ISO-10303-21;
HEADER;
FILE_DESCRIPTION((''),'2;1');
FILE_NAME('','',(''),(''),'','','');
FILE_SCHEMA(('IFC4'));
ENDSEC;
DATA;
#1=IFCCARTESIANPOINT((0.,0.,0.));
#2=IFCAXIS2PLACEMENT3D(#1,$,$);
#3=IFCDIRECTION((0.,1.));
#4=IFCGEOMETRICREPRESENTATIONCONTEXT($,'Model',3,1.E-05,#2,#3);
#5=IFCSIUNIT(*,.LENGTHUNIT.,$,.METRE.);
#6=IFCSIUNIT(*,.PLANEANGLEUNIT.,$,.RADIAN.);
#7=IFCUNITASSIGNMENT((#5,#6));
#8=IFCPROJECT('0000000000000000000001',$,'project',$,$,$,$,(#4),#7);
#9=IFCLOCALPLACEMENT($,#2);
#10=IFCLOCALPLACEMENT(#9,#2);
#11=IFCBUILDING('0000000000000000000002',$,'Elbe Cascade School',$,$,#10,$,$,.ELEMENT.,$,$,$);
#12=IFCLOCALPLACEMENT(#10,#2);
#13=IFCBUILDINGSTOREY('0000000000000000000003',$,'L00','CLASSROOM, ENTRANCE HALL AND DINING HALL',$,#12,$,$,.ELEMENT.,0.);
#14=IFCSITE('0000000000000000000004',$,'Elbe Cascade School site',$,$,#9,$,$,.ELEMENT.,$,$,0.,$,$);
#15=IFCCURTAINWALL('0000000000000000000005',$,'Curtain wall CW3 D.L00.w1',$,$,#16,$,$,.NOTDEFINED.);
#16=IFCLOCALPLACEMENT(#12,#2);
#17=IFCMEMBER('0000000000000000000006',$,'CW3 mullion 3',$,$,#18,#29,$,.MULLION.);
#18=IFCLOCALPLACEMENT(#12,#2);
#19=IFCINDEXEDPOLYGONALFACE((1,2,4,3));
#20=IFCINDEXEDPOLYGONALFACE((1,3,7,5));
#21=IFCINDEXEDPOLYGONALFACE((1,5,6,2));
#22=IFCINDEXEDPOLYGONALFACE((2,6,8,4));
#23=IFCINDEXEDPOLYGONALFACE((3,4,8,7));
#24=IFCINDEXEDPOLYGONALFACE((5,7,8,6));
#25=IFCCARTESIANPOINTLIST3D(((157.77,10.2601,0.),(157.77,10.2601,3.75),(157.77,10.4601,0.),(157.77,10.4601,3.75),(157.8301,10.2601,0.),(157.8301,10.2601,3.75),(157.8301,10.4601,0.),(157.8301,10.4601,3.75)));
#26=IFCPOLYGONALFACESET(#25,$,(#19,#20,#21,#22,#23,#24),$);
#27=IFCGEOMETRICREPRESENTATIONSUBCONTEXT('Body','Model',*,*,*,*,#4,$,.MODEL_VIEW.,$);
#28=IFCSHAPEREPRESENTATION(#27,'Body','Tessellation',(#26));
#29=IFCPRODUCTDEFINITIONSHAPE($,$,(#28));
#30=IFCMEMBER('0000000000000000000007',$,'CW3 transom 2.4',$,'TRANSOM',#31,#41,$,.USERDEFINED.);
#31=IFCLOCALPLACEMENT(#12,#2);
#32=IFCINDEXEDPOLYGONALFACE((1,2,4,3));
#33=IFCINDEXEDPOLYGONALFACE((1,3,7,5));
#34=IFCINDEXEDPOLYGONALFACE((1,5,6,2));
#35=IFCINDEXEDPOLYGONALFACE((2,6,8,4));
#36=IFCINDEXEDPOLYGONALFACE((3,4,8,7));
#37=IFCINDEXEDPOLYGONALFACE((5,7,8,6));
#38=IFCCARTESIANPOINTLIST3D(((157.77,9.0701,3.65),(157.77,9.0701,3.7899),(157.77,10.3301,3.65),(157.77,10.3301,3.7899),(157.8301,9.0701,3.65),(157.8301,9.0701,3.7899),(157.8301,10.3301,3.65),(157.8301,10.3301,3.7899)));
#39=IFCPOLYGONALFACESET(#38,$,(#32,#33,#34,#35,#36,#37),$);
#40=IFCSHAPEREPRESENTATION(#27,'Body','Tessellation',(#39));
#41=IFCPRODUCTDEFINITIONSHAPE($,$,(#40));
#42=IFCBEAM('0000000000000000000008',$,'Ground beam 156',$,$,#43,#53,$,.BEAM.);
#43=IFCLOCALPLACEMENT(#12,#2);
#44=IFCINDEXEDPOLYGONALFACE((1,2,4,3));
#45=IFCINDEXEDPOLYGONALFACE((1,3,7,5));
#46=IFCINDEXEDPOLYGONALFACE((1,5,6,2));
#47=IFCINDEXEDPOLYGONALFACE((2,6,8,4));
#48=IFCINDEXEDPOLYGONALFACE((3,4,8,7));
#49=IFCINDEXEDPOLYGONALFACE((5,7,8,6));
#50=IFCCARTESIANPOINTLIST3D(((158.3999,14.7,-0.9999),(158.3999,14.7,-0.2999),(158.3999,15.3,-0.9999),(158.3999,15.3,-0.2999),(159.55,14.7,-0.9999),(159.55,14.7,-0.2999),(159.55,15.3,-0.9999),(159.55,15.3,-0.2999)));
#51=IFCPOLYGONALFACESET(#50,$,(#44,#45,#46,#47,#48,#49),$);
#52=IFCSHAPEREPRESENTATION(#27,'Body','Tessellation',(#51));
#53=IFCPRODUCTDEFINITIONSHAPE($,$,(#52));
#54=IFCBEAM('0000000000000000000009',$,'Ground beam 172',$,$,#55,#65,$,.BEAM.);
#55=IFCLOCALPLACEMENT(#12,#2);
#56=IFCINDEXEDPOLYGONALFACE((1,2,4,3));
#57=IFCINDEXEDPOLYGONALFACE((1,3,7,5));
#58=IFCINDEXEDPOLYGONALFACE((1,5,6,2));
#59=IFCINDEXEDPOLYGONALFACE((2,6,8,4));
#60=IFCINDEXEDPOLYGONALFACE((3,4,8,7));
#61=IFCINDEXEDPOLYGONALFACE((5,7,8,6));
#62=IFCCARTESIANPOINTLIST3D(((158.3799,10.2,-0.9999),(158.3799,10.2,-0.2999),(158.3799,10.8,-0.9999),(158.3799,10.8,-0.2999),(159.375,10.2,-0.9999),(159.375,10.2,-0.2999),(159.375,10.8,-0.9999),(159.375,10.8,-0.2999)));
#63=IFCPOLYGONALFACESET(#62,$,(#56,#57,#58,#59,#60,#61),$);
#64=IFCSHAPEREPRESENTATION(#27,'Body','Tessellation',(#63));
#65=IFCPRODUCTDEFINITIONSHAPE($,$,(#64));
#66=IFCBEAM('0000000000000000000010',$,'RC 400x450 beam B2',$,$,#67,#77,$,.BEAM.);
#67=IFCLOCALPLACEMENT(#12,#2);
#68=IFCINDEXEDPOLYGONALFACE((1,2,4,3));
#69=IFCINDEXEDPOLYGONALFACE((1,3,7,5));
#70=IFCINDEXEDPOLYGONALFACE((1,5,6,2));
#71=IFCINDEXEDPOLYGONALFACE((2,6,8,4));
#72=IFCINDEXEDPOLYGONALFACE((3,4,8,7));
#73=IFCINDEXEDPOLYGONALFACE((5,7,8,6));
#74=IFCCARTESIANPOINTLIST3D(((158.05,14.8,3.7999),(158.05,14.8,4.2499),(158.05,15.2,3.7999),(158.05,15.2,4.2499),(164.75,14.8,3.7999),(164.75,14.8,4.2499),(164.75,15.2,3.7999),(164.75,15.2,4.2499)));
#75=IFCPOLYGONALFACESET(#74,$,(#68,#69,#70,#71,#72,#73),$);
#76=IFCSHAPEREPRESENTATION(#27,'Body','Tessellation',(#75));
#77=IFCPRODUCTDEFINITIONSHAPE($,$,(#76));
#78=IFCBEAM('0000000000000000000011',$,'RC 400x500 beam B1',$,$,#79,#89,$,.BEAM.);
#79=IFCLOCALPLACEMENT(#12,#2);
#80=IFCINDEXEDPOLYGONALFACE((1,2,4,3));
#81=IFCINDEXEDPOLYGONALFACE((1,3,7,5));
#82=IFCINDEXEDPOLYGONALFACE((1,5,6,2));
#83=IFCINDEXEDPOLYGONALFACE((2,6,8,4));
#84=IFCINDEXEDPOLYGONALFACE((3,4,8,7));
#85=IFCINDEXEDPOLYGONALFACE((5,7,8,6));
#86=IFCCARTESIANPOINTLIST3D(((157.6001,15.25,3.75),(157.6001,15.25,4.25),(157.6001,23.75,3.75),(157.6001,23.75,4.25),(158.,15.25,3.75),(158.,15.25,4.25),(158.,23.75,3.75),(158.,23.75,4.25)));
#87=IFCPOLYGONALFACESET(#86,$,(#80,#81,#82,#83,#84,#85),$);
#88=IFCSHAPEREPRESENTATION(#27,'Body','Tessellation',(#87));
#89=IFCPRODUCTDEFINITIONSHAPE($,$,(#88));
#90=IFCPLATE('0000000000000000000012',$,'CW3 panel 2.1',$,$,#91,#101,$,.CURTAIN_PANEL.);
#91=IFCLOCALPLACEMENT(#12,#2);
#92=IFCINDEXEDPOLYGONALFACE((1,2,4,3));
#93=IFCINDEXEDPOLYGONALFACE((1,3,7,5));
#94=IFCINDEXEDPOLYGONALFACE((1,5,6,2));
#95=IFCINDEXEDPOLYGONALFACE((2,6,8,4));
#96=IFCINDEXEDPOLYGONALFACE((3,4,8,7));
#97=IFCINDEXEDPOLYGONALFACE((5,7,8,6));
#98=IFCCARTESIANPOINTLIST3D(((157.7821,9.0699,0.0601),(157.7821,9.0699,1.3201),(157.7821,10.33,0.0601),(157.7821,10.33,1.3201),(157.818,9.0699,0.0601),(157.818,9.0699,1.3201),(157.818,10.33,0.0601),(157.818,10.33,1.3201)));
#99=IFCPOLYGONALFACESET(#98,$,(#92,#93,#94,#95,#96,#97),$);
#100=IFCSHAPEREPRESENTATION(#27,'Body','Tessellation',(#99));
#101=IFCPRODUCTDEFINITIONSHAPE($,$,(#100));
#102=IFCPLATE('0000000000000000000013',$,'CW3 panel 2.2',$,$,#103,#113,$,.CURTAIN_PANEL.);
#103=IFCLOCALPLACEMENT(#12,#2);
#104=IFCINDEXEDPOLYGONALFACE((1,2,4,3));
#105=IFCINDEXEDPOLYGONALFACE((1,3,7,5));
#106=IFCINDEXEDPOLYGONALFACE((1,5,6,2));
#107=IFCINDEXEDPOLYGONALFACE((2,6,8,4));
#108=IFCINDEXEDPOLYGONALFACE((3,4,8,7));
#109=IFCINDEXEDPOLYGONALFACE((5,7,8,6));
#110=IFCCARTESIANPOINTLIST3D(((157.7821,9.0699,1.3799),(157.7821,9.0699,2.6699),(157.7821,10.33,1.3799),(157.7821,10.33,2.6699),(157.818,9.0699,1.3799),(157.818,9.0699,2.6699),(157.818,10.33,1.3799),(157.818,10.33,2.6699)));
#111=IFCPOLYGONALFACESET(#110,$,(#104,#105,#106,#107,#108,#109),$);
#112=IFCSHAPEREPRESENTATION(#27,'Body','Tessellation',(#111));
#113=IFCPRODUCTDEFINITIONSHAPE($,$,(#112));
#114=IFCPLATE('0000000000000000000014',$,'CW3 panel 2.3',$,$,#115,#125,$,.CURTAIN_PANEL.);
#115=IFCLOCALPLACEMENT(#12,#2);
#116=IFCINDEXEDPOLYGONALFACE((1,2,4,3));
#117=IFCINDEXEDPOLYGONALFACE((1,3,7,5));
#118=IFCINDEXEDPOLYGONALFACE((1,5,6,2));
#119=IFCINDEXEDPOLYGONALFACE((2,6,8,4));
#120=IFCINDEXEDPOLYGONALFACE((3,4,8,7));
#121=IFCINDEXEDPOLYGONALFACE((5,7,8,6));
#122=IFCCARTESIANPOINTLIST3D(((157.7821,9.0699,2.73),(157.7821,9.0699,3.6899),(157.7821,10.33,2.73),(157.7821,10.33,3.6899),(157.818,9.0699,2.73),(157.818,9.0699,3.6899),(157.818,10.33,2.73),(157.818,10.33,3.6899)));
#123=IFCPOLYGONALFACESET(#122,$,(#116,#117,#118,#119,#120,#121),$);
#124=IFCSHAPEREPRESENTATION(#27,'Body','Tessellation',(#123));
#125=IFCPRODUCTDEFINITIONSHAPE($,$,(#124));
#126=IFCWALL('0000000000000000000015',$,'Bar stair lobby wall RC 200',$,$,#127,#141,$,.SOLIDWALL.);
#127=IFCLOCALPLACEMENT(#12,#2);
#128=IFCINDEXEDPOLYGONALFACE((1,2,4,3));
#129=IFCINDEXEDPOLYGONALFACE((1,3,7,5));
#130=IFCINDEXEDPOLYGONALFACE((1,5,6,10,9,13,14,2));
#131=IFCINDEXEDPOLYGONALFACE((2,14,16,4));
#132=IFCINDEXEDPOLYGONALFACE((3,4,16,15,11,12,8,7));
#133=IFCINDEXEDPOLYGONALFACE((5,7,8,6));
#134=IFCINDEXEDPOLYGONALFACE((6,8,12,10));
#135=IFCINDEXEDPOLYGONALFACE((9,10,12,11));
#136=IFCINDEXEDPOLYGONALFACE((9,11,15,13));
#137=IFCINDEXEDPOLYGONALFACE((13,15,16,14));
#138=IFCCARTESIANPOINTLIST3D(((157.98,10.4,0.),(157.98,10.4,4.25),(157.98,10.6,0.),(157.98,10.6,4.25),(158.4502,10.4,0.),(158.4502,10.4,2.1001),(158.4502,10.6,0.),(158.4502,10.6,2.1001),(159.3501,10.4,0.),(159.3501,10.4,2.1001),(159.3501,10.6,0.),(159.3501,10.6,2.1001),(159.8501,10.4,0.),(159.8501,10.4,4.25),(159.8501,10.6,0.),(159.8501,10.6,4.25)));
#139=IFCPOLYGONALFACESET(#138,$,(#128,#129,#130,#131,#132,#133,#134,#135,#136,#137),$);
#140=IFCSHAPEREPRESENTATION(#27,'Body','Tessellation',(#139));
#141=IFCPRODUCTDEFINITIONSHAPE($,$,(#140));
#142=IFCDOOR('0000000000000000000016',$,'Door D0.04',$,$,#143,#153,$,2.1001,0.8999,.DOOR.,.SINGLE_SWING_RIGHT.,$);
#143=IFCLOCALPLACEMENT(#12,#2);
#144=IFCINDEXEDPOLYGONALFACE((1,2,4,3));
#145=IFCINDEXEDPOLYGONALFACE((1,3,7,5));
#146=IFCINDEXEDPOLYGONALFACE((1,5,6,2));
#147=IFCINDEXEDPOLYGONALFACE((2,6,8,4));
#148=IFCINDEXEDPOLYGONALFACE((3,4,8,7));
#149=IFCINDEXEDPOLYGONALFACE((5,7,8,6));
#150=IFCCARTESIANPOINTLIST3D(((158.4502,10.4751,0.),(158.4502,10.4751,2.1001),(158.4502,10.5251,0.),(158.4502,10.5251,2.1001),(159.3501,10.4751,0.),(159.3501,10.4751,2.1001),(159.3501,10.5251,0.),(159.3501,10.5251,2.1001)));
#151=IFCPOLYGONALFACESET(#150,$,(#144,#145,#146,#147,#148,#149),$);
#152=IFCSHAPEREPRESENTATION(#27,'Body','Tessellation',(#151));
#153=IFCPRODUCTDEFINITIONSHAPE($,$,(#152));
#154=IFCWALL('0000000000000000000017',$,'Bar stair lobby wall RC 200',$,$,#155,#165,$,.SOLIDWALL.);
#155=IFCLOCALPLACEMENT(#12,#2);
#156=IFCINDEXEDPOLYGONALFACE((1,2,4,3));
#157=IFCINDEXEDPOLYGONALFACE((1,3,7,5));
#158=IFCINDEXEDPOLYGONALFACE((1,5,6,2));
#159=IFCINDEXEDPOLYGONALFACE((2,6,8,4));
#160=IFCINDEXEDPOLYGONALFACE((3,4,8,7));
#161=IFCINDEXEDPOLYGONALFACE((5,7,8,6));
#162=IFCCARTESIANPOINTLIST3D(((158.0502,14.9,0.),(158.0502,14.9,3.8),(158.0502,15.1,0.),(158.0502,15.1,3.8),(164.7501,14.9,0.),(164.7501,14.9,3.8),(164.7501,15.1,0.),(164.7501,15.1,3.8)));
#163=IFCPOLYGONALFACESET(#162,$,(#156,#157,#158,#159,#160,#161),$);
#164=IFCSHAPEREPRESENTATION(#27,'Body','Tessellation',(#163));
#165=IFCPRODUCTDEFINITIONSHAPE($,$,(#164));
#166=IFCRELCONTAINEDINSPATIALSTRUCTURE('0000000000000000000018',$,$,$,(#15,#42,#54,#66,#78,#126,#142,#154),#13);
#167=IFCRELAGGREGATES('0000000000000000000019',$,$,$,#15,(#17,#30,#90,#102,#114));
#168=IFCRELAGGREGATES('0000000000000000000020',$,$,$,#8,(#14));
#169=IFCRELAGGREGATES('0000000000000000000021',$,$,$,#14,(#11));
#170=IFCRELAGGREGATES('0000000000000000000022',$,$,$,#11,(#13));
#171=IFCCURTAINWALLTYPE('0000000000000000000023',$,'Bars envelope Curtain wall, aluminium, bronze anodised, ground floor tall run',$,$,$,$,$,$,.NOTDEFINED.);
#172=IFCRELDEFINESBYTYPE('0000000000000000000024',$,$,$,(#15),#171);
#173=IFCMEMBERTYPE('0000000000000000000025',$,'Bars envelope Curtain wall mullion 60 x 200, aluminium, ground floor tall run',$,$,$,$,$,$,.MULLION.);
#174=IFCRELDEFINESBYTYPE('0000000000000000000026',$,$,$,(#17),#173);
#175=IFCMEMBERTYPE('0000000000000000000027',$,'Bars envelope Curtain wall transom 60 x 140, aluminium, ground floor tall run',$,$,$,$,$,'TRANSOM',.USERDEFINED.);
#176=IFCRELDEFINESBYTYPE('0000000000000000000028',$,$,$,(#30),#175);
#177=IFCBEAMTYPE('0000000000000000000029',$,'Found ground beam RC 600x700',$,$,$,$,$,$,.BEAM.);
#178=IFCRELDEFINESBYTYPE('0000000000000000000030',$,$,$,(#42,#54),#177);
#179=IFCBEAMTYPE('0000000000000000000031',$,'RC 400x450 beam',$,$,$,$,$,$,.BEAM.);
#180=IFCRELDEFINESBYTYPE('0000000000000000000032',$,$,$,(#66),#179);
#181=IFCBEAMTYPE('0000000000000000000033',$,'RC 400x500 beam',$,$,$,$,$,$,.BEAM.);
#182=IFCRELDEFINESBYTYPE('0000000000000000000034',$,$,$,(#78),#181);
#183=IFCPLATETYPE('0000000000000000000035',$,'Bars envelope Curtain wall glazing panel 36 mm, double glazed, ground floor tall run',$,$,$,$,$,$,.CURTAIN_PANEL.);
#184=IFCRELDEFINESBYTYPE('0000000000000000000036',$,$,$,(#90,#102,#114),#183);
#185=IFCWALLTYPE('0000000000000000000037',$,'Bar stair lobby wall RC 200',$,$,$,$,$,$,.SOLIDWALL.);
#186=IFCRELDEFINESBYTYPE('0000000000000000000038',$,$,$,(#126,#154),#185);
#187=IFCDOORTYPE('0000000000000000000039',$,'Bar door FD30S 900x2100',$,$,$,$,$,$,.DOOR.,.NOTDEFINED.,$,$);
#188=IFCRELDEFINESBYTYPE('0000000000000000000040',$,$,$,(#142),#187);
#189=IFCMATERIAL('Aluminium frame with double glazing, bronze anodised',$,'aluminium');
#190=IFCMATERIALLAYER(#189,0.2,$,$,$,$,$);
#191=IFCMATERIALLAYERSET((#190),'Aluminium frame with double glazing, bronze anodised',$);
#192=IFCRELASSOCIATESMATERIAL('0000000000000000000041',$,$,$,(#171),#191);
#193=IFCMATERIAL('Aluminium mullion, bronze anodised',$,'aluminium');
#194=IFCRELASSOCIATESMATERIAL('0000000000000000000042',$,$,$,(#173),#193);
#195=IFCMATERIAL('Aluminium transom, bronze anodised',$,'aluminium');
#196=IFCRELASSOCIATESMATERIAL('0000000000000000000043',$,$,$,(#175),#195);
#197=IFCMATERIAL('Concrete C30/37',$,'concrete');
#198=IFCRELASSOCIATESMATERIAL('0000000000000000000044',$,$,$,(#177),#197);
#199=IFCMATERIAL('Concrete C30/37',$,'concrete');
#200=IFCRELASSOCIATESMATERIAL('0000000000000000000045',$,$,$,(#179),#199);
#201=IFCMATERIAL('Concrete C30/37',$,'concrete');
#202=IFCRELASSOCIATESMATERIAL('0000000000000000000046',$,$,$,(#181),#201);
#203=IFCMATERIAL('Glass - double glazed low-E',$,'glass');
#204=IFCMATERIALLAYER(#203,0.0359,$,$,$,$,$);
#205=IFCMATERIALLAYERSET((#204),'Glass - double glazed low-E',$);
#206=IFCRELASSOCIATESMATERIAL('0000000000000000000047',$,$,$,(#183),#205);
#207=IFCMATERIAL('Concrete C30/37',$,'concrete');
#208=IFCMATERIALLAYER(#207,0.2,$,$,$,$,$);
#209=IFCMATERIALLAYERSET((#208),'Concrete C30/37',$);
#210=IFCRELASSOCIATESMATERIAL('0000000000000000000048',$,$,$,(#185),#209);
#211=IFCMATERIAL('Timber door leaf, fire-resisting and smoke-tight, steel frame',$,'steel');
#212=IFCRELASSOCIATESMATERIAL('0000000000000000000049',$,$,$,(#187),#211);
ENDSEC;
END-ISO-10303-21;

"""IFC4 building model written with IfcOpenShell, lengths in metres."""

from ifc_helpers import new_model, si_unit, direction, frame, frame_2d, origin, origin_2d, place, context, subcontext, project, spatial, rectangle, extrude, material, layer, layer_set, material_profile, profile_set, type_object, element, fill, aggregate, save


model = new_model("IFC4")

# Units and contexts
model_context = context("Model", 3, precision=1e-05, world=origin(), true_north=direction((0.0, 1.0)))
body_context = subcontext(model_context, "Body", "Model", "MODEL_VIEW")
ifc_project = project(units=[si_unit("LENGTHUNIT", "METRE"), si_unit("PLANEANGLEUNIT", "RADIAN")], contexts=[model_context])

# Site, building, storey
site_placement = place(None, origin())
site = spatial("IfcSite", under=ifc_project, at=site_placement, Name="Elbe Cascade School site", CompositionType="ELEMENT", RefElevation=0.0)
building_placement = place(site_placement, origin())
building = spatial("IfcBuilding", under=site, at=building_placement, Name="Elbe Cascade School", CompositionType="ELEMENT")
storey_placement = place(building_placement, origin())
storey = spatial("IfcBuildingStorey", under=building, at=storey_placement, Name="L00", Description="CLASSROOM, ENTRANCE HALL AND DINING HALL", CompositionType="ELEMENT", Elevation=0.0)

# Curtain wall, members
ifc_material_1 = material(Name="Aluminium frame with double glazing, bronze anodised", Category="aluminium")
ifc_layer_1 = layer(ifc_material_1, 0.2)
ifc_layer_set_1 = layer_set([ifc_layer_1], Name="Aluminium frame with double glazing, bronze anodised")
curtain_wall_type = type_object("IfcCurtainWallType", Name="Bars envelope Curtain wall, aluminium, bronze anodised, ground floor tall run", PredefinedType="NOTDEFINED", material=ifc_layer_set_1)
curtain_wall_placement = place(storey_placement, origin())
curtain_wall = element("IfcCurtainWall", 1, at=curtain_wall_placement, inside=storey, type_object=curtain_wall_type, Name="Curtain wall CW3 D.L00.w1", PredefinedType="NOTDEFINED")
ifc_material_2 = material(Name="Aluminium mullion, bronze anodised", Category="aluminium")
ifc_material_profile_1 = material_profile(ifc_material_2, rectangle(XDim=0.0601, YDim=0.2, at=origin_2d()), Name="Bars envelope Curtain wall mullion 60 x 200, aluminium, ground floor tall run")
ifc_profile_set_1 = profile_set([ifc_material_profile_1], Name="Aluminium mullion, bronze anodised")
member_type_1 = type_object("IfcMemberType", Name="Bars envelope Curtain wall mullion 60 x 200, aluminium, ground floor tall run", PredefinedType="MULLION", material=ifc_profile_set_1)
member_1_placement = place(storey_placement, frame((157.8, 10.3601, 0.0), z_axis=(0.0, 0.0, 1.0), x_axis=(-1.0, 0.0, 0.0)))
member_1 = element("IfcMember", 2, at=member_1_placement, type_object=member_type_1, Name="CW3 mullion 3", PredefinedType="MULLION", context=body_context, shape_type="SweptSolid", body=[
    extrude(rectangle(XDim=0.0601, YDim=0.2, at=origin_2d()), origin(), (0.0, 0.0, 1.0), 3.75),
])
ifc_material_3 = material(Name="Aluminium transom, bronze anodised", Category="aluminium")
ifc_material_profile_2 = material_profile(ifc_material_3, rectangle(XDim=0.0601, YDim=0.1399, at=origin_2d()), Name="Bars envelope Curtain wall transom 60 x 140, aluminium, ground floor tall run")
ifc_profile_set_2 = profile_set([ifc_material_profile_2], Name="Aluminium transom, bronze anodised")
member_type_2 = type_object("IfcMemberType", Name="Bars envelope Curtain wall transom 60 x 140, aluminium, ground floor tall run", ElementType="TRANSOM", PredefinedType="USERDEFINED", material=ifc_profile_set_2)
member_2_placement = place(storey_placement, frame((157.8, 9.0701, 3.72), z_axis=(0.0, 1.0, 0.0), x_axis=(-1.0, 0.0, 0.0)))
member_2 = element("IfcMember", 3, at=member_2_placement, type_object=member_type_2, Name="CW3 transom 2.4", ObjectType="TRANSOM", PredefinedType="USERDEFINED", context=body_context, shape_type="SweptSolid", body=[
    extrude(rectangle(XDim=0.0601, YDim=0.1399, at=origin_2d()), origin(), (0.0, 0.0, 1.0), 1.26),
])

# Beams
ifc_material_4 = material(Name="Concrete C30/37", Category="concrete")
ifc_material_profile_3 = material_profile(ifc_material_4, rectangle(XDim=0.6001, YDim=0.7, at=origin_2d()), Name="RC 600x700")
ifc_profile_set_3 = profile_set([ifc_material_profile_3], Name="Concrete C30/37")
beam_type_1 = type_object("IfcBeamType", Name="Found ground beam RC 600x700", PredefinedType="BEAM", material=ifc_profile_set_3)
beam_1_placement = place(storey_placement, frame((158.3999, 15.0, -0.6499), z_axis=(1.0, 0.0, 0.0), x_axis=(0.0, 1.0, 0.0)))
element("IfcBeam", 4, at=beam_1_placement, inside=storey, type_object=beam_type_1, Name="Ground beam 156", PredefinedType="BEAM", context=body_context, shape_type="SweptSolid", body=[
    extrude(rectangle(XDim=0.6001, YDim=0.7, at=origin_2d()), origin(), (0.0, 0.0, 1.0), 1.1501),
])
beam_2_placement = place(storey_placement, frame((158.3799, 10.5, -0.6499), z_axis=(1.0, 0.0, 0.0), x_axis=(0.0, 1.0, 0.0)))
element("IfcBeam", 5, at=beam_2_placement, inside=storey, type_object=beam_type_1, Name="Ground beam 172", PredefinedType="BEAM", context=body_context, shape_type="SweptSolid", body=[
    extrude(rectangle(XDim=0.6001, YDim=0.7, at=origin_2d()), origin(), (0.0, 0.0, 1.0), 0.9951),
])
ifc_material_5 = material(Name="Concrete C30/37", Category="concrete")
ifc_material_profile_4 = material_profile(ifc_material_5, rectangle(XDim=0.3999, YDim=0.45, at=origin_2d()), Name="RC 400x450")
ifc_profile_set_4 = profile_set([ifc_material_profile_4], Name="Concrete C30/37")
beam_type_2 = type_object("IfcBeamType", Name="RC 400x450 beam", PredefinedType="BEAM", material=ifc_profile_set_4)
beam_3_placement = place(storey_placement, frame((158.05, 15.0, 4.0249), z_axis=(1.0, 0.0, 0.0), x_axis=(0.0, 1.0, 0.0)))
element("IfcBeam", 6, at=beam_3_placement, inside=storey, type_object=beam_type_2, Name="RC 400x450 beam B2", PredefinedType="BEAM", context=body_context, shape_type="SweptSolid", body=[
    extrude(rectangle(XDim=0.3999, YDim=0.45, at=origin_2d()), origin(), (0.0, 0.0, 1.0), 6.7),
])
ifc_material_6 = material(Name="Concrete C30/37", Category="concrete")
ifc_material_profile_5 = material_profile(ifc_material_6, rectangle(XDim=0.3999, YDim=0.5, at=origin_2d()), Name="RC 400x500")
ifc_profile_set_5 = profile_set([ifc_material_profile_5], Name="Concrete C30/37")
beam_type_3 = type_object("IfcBeamType", Name="RC 400x500 beam", PredefinedType="BEAM", material=ifc_profile_set_5)
beam_4_placement = place(storey_placement, frame((157.8, 15.25, 4.0), z_axis=(0.0, 1.0, 0.0), x_axis=(-1.0, 0.0, 0.0)))
element("IfcBeam", 7, at=beam_4_placement, inside=storey, type_object=beam_type_3, Name="RC 400x500 beam B1", PredefinedType="BEAM", context=body_context, shape_type="SweptSolid", body=[
    extrude(rectangle(XDim=0.3999, YDim=0.5, at=origin_2d()), origin(), (0.0, 0.0, 1.0), 8.5),
])

# Plates
ifc_material_7 = material(Name="Glass - double glazed low-E", Category="glass")
ifc_layer_2 = layer(ifc_material_7, 0.0359)
ifc_layer_set_2 = layer_set([ifc_layer_2], Name="Glass - double glazed low-E")
plate_type = type_object("IfcPlateType", Name="Bars envelope Curtain wall glazing panel 36 mm, double glazed, ground floor tall run", PredefinedType="CURTAIN_PANEL", material=ifc_layer_set_2)
plate_1_placement = place(storey_placement, frame((157.8, 9.7, 0.0601), z_axis=(0.0, 0.0, 1.0), x_axis=(0.0, 1.0, 0.0)))
plate_1 = element("IfcPlate", 8, at=plate_1_placement, type_object=plate_type, Name="CW3 panel 2.1", PredefinedType="CURTAIN_PANEL", context=body_context, shape_type="SweptSolid", body=[
    extrude(rectangle(XDim=1.26, YDim=0.0359, at=origin_2d()), origin(), (0.0, 0.0, 1.0), 1.26),
])
plate_2_placement = place(storey_placement, frame((157.8, 9.7, 1.3799), z_axis=(0.0, 0.0, 1.0), x_axis=(0.0, 1.0, 0.0)))
plate_2 = element("IfcPlate", 9, at=plate_2_placement, type_object=plate_type, Name="CW3 panel 2.2", PredefinedType="CURTAIN_PANEL", context=body_context, shape_type="SweptSolid", body=[
    extrude(rectangle(XDim=1.26, YDim=0.0359, at=origin_2d()), origin(), (0.0, 0.0, 1.0), 1.29),
])
plate_3_placement = place(storey_placement, frame((157.8, 9.7, 2.73), z_axis=(0.0, 0.0, 1.0), x_axis=(0.0, 1.0, 0.0)))
plate_3 = element("IfcPlate", 10, at=plate_3_placement, type_object=plate_type, Name="CW3 panel 2.3", PredefinedType="CURTAIN_PANEL", context=body_context, shape_type="SweptSolid", body=[
    extrude(rectangle(XDim=1.26, YDim=0.0359, at=origin_2d()), origin(), (0.0, 0.0, 1.0), 0.96),
])
aggregate(curtain_wall, [member_1, member_2, plate_1, plate_2, plate_3])

# Wall, opening, door
ifc_material_8 = material(Name="Concrete C30/37", Category="concrete")
ifc_layer_3 = layer(ifc_material_8, 0.2)
ifc_layer_set_3 = layer_set([ifc_layer_3], Name="Concrete C30/37")
wall_type_1 = type_object("IfcWallType", Name="Bar stair lobby wall RC 200", PredefinedType="SOLIDWALL", material=ifc_layer_set_3)
wall_1_placement = place(storey_placement, frame((159.8501, 10.5, 0.0), z_axis=(0.0, 0.0, 1.0), x_axis=(-1.0, 0.0, 0.0)))
wall_1 = element("IfcWall", 11, at=wall_1_placement, inside=storey, type_object=wall_type_1, Name="Bar stair lobby wall RC 200", PredefinedType="SOLIDWALL", context=body_context, shape_type="SweptSolid", body=[
    extrude(rectangle(XDim=1.8701, YDim=0.2, at=frame_2d((0.9351, 0.0))), origin(), (0.0, 0.0, 1.0), 4.25),
])
opening_1_placement = place(wall_1_placement, frame((0.5, 0.0, 0.0)))
opening_1 = element("IfcOpeningElement", 12, at=opening_1_placement, cuts=wall_1, PredefinedType="OPENING", context=body_context, shape_type="SweptSolid", body=[
    extrude(rectangle(XDim=0.8999, YDim=2.1001, at=frame_2d((0.45, 1.05))), frame((0.0, 0.1099, 0.0), z_axis=(0.0, -1.0, 0.0), x_axis=(1.0, 0.0, 0.0)), (0.0, 0.0, 1.0), 0.22),
])
ifc_material_9 = material(Name="Timber door leaf, fire-resisting and smoke-tight, steel frame", Category="steel")
door_type = type_object("IfcDoorType", Name="Bar door FD30S 900x2100", OperationType="NOTDEFINED", PredefinedType="DOOR", material=ifc_material_9)
door_placement = place(opening_1_placement, origin())
door = element("IfcDoor", 13, at=door_placement, inside=storey, type_object=door_type, Name="Door D0.04", OperationType="SINGLE_SWING_RIGHT", OverallHeight=2.1001, OverallWidth=0.8999, PredefinedType="DOOR", context=body_context, shape_type="SweptSolid", body=[
    extrude(rectangle(XDim=0.8999, YDim=2.1001, at=frame_2d((0.45, 1.05))), frame((0.0, 0.0249, 0.0), z_axis=(0.0, -1.0, 0.0), x_axis=(1.0, 0.0, 0.0)), (0.0, 0.0, 1.0), 0.05),
])
fill(opening_1, door)

# Wall
wall_2_placement = place(storey_placement, frame((158.05, 15.0, 0.0), z_axis=(0.0, 0.0, 1.0), x_axis=(1.0, 0.0, 0.0)))
element("IfcWall", 14, at=wall_2_placement, inside=storey, type_object=wall_type_1, Name="Bar stair lobby wall RC 200", PredefinedType="SOLIDWALL", context=body_context, shape_type="SweptSolid", body=[
    extrude(rectangle(XDim=6.7, YDim=0.2, at=frame_2d((3.3501, 0.0))), origin(), (0.0, 0.0, 1.0), 3.8),
])

save(model, "model.ifc")
